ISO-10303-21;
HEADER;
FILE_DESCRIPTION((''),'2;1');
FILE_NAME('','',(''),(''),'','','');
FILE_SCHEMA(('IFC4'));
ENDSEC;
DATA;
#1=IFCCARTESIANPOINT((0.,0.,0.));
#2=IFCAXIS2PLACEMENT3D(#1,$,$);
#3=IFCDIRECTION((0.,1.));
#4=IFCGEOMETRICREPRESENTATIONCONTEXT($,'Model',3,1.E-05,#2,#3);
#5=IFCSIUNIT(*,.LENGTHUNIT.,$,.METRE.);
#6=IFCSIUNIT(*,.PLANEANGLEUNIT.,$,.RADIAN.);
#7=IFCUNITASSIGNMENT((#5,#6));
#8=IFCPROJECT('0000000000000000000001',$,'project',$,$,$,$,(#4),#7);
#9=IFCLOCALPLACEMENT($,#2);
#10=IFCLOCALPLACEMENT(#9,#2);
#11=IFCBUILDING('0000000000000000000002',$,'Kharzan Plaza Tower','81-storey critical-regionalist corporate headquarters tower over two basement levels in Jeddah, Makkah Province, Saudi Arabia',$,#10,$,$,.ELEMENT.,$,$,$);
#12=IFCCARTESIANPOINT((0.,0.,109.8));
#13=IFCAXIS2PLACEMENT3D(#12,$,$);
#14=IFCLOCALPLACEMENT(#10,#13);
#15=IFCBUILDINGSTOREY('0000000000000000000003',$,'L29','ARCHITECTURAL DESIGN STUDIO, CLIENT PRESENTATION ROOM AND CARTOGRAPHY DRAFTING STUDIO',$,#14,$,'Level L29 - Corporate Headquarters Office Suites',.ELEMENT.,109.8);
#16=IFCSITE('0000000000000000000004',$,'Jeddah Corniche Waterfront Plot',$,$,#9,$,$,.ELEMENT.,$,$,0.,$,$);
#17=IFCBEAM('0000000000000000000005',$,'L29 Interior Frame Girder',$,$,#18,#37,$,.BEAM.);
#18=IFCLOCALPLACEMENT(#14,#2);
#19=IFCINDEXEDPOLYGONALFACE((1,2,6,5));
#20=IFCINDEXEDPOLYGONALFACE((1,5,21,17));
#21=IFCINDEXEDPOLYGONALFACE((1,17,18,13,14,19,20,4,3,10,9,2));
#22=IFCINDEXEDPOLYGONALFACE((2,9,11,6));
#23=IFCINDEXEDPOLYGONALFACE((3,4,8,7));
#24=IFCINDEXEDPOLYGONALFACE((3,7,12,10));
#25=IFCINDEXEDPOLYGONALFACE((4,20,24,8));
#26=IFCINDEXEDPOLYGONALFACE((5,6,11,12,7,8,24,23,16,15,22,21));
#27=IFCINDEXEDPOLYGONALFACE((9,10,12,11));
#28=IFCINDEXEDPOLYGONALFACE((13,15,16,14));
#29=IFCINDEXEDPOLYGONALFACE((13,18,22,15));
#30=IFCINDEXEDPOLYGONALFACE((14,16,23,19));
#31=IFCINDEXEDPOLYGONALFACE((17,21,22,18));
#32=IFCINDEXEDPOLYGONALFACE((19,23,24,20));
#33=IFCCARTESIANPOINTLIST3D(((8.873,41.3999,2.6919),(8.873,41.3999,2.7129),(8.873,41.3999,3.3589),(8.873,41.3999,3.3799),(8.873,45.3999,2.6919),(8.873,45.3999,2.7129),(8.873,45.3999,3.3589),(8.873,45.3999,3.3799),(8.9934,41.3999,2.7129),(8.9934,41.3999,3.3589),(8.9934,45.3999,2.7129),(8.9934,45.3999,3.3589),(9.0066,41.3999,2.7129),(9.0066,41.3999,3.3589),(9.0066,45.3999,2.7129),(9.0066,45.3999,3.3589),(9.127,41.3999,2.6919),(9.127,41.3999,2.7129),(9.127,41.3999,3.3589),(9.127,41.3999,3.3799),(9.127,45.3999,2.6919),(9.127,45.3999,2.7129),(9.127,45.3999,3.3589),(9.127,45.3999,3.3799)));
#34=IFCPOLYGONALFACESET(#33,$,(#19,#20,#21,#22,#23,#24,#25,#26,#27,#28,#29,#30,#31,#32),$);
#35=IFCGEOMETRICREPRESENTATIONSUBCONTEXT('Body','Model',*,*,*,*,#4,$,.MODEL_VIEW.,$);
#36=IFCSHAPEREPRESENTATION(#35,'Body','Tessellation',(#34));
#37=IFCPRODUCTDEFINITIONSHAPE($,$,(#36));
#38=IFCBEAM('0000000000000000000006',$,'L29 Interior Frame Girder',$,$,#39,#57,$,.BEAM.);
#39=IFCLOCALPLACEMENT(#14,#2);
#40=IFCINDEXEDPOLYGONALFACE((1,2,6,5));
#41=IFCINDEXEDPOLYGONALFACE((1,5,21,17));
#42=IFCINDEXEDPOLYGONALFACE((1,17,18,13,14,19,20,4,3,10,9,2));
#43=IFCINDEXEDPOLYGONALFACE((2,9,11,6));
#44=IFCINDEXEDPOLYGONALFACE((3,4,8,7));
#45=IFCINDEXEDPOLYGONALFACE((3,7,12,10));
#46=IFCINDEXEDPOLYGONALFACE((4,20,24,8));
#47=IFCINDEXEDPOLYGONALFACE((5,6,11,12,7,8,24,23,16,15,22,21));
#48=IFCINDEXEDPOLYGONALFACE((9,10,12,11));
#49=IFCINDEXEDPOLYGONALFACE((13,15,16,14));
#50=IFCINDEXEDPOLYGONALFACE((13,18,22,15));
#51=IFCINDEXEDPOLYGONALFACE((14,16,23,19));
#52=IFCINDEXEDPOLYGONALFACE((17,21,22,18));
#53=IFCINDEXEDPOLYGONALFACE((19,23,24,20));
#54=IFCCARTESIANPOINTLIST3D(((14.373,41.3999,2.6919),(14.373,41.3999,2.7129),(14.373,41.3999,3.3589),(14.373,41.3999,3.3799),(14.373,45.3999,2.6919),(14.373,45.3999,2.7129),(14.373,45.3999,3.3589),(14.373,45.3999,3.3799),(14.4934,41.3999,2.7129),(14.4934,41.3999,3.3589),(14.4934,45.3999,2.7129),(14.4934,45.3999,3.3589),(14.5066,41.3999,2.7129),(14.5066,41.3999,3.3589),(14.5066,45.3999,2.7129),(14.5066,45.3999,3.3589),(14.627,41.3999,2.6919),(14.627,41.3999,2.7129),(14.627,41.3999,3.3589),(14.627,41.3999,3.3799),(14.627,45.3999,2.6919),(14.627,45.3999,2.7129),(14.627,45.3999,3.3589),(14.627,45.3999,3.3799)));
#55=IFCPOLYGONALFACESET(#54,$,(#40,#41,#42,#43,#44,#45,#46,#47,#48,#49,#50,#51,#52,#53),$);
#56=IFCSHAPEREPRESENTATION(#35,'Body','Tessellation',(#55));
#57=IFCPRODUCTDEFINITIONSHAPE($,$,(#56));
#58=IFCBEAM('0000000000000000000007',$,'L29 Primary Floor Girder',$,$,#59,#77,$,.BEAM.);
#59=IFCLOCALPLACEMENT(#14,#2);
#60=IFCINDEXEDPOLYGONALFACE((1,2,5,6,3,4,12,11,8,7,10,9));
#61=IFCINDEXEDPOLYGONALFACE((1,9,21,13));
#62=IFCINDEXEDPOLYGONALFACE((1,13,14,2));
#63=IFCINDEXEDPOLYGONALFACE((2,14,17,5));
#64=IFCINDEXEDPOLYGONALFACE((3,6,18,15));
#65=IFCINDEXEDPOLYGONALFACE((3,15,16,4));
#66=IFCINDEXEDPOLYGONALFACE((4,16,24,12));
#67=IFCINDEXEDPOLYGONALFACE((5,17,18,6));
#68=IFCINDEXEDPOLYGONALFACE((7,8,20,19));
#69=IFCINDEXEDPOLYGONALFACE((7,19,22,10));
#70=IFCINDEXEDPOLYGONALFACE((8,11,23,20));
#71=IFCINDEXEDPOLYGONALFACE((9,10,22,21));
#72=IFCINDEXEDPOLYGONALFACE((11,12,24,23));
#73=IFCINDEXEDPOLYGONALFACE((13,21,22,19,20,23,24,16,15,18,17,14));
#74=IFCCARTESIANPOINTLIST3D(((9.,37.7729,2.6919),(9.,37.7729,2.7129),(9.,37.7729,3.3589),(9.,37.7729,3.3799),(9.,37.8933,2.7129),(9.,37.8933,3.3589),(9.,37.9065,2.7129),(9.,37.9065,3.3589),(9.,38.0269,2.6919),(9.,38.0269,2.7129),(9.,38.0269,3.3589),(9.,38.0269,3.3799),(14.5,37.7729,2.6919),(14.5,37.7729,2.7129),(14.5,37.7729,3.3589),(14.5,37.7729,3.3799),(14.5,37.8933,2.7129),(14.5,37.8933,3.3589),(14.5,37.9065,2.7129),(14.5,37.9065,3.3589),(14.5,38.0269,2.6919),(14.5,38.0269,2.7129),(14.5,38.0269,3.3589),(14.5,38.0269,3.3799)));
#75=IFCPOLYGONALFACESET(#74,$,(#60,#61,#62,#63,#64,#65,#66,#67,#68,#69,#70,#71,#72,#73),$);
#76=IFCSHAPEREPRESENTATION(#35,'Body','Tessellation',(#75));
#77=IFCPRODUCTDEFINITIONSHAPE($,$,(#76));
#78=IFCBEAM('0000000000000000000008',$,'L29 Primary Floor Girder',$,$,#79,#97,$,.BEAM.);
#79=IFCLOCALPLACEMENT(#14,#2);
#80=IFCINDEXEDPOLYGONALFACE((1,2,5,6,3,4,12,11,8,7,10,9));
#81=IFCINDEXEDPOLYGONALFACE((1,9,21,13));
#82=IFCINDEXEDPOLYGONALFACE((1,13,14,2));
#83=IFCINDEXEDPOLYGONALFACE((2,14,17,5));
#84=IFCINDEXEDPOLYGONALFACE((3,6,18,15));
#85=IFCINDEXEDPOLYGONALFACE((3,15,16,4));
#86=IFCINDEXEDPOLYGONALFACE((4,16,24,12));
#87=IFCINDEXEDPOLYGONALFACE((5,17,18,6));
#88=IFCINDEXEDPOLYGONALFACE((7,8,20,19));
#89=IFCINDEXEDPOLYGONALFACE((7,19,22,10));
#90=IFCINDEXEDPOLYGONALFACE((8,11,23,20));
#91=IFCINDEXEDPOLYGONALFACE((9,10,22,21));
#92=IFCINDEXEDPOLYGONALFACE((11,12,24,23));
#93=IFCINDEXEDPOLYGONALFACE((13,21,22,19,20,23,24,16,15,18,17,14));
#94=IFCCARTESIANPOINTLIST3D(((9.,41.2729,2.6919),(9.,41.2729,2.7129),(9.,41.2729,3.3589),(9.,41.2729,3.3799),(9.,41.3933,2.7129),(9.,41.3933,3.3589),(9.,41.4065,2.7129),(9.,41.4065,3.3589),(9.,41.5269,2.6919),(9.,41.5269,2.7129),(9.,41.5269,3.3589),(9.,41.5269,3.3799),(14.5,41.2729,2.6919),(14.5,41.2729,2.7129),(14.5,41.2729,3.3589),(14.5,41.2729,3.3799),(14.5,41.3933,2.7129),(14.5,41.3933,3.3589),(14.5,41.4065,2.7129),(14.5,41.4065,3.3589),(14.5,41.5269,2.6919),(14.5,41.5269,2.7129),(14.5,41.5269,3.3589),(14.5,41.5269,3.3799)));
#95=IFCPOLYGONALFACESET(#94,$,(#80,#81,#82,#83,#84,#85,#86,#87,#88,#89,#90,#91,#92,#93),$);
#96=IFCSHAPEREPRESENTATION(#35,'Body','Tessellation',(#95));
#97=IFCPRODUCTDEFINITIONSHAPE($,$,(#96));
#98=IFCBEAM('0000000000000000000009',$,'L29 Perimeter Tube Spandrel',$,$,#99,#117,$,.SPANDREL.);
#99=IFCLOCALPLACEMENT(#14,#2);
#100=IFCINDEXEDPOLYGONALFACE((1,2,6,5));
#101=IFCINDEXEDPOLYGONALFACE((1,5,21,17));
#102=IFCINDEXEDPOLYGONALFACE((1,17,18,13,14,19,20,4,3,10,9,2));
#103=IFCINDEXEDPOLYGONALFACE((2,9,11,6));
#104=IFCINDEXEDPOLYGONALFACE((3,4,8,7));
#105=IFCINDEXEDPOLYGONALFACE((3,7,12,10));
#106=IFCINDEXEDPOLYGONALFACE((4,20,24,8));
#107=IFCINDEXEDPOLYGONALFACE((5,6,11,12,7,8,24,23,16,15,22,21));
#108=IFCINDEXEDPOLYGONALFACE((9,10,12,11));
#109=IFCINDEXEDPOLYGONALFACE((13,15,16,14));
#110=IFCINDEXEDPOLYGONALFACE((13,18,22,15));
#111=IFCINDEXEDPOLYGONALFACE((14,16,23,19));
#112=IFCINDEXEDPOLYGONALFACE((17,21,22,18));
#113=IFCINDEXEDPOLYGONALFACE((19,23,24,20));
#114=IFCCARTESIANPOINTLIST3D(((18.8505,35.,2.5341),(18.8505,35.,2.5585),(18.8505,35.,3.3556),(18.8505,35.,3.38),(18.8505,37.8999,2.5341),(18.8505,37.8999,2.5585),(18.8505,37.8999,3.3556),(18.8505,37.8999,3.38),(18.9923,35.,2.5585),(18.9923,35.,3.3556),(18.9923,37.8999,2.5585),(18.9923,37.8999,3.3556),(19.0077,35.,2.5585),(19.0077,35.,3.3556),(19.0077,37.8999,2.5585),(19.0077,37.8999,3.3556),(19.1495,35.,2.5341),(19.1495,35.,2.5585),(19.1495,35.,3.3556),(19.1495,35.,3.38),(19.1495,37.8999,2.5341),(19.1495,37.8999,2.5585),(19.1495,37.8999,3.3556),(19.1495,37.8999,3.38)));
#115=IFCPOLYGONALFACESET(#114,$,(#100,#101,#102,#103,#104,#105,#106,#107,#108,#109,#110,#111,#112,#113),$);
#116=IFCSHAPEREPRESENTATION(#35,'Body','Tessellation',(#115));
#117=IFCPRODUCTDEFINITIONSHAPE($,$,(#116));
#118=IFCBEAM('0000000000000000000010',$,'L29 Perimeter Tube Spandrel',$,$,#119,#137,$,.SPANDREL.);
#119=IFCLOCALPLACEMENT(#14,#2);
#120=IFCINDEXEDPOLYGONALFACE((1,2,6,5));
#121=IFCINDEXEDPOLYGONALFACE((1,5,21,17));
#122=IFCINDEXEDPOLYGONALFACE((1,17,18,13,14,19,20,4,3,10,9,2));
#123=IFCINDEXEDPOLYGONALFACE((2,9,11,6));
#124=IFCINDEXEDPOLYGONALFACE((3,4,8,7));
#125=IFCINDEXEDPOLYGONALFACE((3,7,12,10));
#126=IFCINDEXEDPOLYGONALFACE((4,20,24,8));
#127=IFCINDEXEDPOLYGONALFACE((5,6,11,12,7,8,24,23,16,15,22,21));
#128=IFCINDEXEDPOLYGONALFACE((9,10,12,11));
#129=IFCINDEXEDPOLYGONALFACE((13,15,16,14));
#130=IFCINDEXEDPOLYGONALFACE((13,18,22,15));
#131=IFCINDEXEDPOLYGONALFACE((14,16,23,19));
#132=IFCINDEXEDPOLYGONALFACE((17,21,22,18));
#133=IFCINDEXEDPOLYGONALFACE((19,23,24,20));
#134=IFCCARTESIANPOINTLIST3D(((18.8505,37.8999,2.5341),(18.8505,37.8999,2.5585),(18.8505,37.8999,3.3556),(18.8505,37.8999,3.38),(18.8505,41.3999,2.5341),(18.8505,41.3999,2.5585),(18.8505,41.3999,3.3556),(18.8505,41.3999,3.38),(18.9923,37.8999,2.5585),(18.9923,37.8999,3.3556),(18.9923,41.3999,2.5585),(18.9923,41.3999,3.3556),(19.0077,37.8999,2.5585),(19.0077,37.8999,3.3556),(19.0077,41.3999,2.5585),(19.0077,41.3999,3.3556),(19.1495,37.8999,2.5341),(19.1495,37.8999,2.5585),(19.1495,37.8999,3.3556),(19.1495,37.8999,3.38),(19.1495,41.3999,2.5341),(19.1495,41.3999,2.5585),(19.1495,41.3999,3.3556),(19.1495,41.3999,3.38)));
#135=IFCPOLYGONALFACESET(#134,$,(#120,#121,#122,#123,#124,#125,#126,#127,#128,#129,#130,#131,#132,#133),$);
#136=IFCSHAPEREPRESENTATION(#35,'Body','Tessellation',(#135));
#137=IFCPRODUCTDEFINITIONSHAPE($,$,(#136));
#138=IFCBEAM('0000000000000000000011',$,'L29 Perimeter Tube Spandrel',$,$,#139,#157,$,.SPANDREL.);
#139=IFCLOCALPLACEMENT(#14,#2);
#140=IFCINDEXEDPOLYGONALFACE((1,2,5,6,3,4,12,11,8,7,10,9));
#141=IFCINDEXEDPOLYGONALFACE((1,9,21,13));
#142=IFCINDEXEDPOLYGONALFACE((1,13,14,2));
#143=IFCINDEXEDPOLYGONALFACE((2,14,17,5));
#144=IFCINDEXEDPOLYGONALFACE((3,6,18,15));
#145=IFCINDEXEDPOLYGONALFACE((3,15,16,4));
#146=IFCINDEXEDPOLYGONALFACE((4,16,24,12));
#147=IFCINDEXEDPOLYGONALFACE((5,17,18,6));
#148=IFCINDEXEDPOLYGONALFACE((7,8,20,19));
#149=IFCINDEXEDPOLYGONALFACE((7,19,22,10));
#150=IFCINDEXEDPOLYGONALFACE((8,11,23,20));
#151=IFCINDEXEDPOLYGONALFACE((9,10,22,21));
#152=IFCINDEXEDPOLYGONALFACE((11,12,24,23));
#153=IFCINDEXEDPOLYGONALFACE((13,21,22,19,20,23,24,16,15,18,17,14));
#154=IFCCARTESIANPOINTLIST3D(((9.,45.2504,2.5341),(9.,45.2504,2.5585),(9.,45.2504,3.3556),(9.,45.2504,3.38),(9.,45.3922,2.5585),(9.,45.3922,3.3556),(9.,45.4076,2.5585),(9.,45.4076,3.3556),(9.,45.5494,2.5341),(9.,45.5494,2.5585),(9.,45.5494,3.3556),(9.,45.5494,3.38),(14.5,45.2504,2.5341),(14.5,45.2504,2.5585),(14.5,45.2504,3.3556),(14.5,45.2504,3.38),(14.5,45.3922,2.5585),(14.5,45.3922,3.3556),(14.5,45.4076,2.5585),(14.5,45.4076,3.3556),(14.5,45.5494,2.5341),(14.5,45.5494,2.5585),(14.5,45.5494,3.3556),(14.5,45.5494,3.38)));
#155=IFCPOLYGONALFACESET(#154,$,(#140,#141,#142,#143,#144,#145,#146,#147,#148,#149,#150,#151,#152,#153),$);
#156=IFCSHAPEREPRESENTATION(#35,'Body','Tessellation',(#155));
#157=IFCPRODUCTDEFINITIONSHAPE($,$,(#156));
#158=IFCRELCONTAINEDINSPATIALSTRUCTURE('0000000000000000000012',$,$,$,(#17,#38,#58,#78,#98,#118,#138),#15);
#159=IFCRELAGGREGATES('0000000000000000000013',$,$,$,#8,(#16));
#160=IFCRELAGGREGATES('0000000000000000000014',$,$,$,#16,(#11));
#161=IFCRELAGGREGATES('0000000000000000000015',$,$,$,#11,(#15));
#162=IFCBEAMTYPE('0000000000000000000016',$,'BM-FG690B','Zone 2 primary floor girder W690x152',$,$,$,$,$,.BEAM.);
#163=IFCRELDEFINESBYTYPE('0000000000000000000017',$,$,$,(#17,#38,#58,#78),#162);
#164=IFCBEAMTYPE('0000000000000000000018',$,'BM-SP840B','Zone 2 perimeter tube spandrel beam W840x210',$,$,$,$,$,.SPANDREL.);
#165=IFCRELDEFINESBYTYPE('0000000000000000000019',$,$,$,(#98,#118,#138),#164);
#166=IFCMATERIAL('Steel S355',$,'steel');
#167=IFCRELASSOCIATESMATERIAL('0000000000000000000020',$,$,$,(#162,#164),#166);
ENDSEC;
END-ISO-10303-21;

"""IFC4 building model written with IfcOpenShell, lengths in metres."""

from ifc_helpers import new_model, si_unit, direction, frame, origin, origin_2d, place, context, subcontext, project, spatial, i_section, extrude, source, transform, mapped, material, material_profile, profile_set, type_object, element, save


model = new_model("IFC4")

# Units and contexts
model_context = context("Model", 3, precision=1e-05, world=origin(), true_north=direction((0.0, 1.0)))
body_context = subcontext(model_context, "Body", "Model", "MODEL_VIEW")
ifc_project = project(units=[si_unit("LENGTHUNIT", "METRE"), si_unit("PLANEANGLEUNIT", "RADIAN")], contexts=[model_context])

# Site, building, storey
site_placement = place(None, origin())
site = spatial("IfcSite", under=ifc_project, at=site_placement, Name="Jeddah Corniche Waterfront Plot", CompositionType="ELEMENT", RefElevation=0.0)
building_placement = place(site_placement, origin())
building = spatial("IfcBuilding", under=site, at=building_placement, Name="Kharzan Plaza Tower", Description="81-storey critical-regionalist corporate headquarters tower over two basement levels in Jeddah, Makkah Province, Saudi Arabia", CompositionType="ELEMENT")
storey_placement = place(building_placement, frame((0.0, 0.0, 109.8)))
storey = spatial("IfcBuildingStorey", under=building, at=storey_placement, Name="L29", Description="ARCHITECTURAL DESIGN STUDIO, CLIENT PRESENTATION ROOM AND CARTOGRAPHY DRAFTING STUDIO", LongName="Level L29 - Corporate Headquarters Office Suites", CompositionType="ELEMENT", Elevation=109.8)

# Beams
ifc_material_1 = material(Name="Steel S355", Category="steel")
ifc_material_profile_1 = material_profile(ifc_material_1, i_section(OverallWidth=0.2539, OverallDepth=0.688, WebThickness=0.0132, FlangeThickness=0.021, at=origin_2d()), Name="W690x152")
ifc_profile_set_1 = profile_set([ifc_material_profile_1], Name="Steel S355")
beam_type_1 = type_object("IfcBeamType", Name="BM-FG690B", Description="Zone 2 primary floor girder W690x152", PredefinedType="BEAM", material=ifc_profile_set_1)
shared_shape_1 = source(origin(), body_context, "Body", "SweptSolid", [
    extrude(i_section(OverallWidth=0.2539, OverallDepth=0.688, WebThickness=0.0132, FlangeThickness=0.021, at=origin_2d()), origin(), (0.0, 0.0, 1.0), 4.0),
])
for number, where, z_axis, x_axis, name in (
    (1, (9.0, 41.3999, 3.0359), (0.0, 1.0, 0.0), (-1.0, 0.0, 0.0), "L29 Interior Frame Girder"),
    (2, (14.5, 41.3999, 3.0359), (0.0, 1.0, 0.0), (-1.0, 0.0, 0.0), "L29 Interior Frame Girder"),
):
    element("IfcBeam", number, at=place(storey_placement, frame(where, z_axis=z_axis, x_axis=x_axis)), inside=storey, type_object=beam_type_1, Name=name, PredefinedType="BEAM", context=body_context, shape_type="MappedRepresentation", body=[
        mapped(shared_shape_1, transform((0.0, 0.0, 0.0), x_axis=(1.0, 0.0, 0.0), y_axis=(0.0, 1.0, 0.0), z_axis=(0.0, 0.0, 1.0))),
    ])
shared_shape_2 = source(origin(), body_context, "Body", "SweptSolid", [
    extrude(i_section(OverallWidth=0.2539, OverallDepth=0.688, WebThickness=0.0132, FlangeThickness=0.021, at=origin_2d()), origin(), (0.0, 0.0, 1.0), 5.5),
])
for number, where, z_axis, x_axis, name in (
    (3, (9.0, 37.8999, 3.0359), (1.0, 0.0, 0.0), (0.0, 1.0, 0.0), "L29 Primary Floor Girder"),
    (4, (9.0, 41.3999, 3.0359), (1.0, 0.0, 0.0), (0.0, 1.0, 0.0), "L29 Primary Floor Girder"),
):
    element("IfcBeam", number, at=place(storey_placement, frame(where, z_axis=z_axis, x_axis=x_axis)), inside=storey, type_object=beam_type_1, Name=name, PredefinedType="BEAM", context=body_context, shape_type="MappedRepresentation", body=[
        mapped(shared_shape_2, transform((0.0, 0.0, 0.0), x_axis=(1.0, 0.0, 0.0), y_axis=(0.0, 1.0, 0.0), z_axis=(0.0, 0.0, 1.0))),
    ])
ifc_material_profile_2 = material_profile(ifc_material_1, i_section(OverallWidth=0.2991, OverallDepth=0.8459, WebThickness=0.0154, FlangeThickness=0.0244, at=origin_2d()), Name="W840x210")
ifc_profile_set_2 = profile_set([ifc_material_profile_2], Name="Steel S355")
beam_type_2 = type_object("IfcBeamType", Name="BM-SP840B", Description="Zone 2 perimeter tube spandrel beam W840x210", PredefinedType="SPANDREL", material=ifc_profile_set_2)
shared_shape_3 = source(origin(), body_context, "Body", "SweptSolid", [
    extrude(i_section(OverallWidth=0.2991, OverallDepth=0.8459, WebThickness=0.0154, FlangeThickness=0.0244, at=origin_2d()), origin(), (0.0, 0.0, 1.0), 2.8999),
])
beam_1_placement = place(storey_placement, frame((19.0, 35.0, 2.957), z_axis=(0.0, 1.0, 0.0), x_axis=(-1.0, 0.0, 0.0)))
element("IfcBeam", 5, at=beam_1_placement, inside=storey, type_object=beam_type_2, Name="L29 Perimeter Tube Spandrel", PredefinedType="SPANDREL", context=body_context, shape_type="MappedRepresentation", body=[
    mapped(shared_shape_3, transform((0.0, 0.0, 0.0), x_axis=(1.0, 0.0, 0.0), y_axis=(0.0, 1.0, 0.0), z_axis=(0.0, 0.0, 1.0))),
])
shared_shape_4 = source(origin(), body_context, "Body", "SweptSolid", [
    extrude(i_section(OverallWidth=0.2991, OverallDepth=0.8459, WebThickness=0.0154, FlangeThickness=0.0244, at=origin_2d()), origin(), (0.0, 0.0, 1.0), 3.5),
])
beam_2_placement = place(storey_placement, frame((19.0, 37.8999, 2.957), z_axis=(0.0, 1.0, 0.0), x_axis=(-1.0, 0.0, 0.0)))
element("IfcBeam", 6, at=beam_2_placement, inside=storey, type_object=beam_type_2, Name="L29 Perimeter Tube Spandrel", PredefinedType="SPANDREL", context=body_context, shape_type="MappedRepresentation", body=[
    mapped(shared_shape_4, transform((0.0, 0.0, 0.0), x_axis=(1.0, 0.0, 0.0), y_axis=(0.0, 1.0, 0.0), z_axis=(0.0, 0.0, 1.0))),
])
shared_shape_5 = source(origin(), body_context, "Body", "SweptSolid", [
    extrude(i_section(OverallWidth=0.2991, OverallDepth=0.8459, WebThickness=0.0154, FlangeThickness=0.0244, at=origin_2d()), origin(), (0.0, 0.0, 1.0), 5.5),
])
beam_3_placement = place(storey_placement, frame((9.0, 45.3999, 2.957), z_axis=(1.0, 0.0, 0.0), x_axis=(0.0, 1.0, 0.0)))
element("IfcBeam", 7, at=beam_3_placement, inside=storey, type_object=beam_type_2, Name="L29 Perimeter Tube Spandrel", PredefinedType="SPANDREL", context=body_context, shape_type="MappedRepresentation", body=[
    mapped(shared_shape_5, transform((0.0, 0.0, 0.0), x_axis=(1.0, 0.0, 0.0), y_axis=(0.0, 1.0, 0.0), z_axis=(0.0, 0.0, 1.0))),
])

save(model, "model.ifc")
